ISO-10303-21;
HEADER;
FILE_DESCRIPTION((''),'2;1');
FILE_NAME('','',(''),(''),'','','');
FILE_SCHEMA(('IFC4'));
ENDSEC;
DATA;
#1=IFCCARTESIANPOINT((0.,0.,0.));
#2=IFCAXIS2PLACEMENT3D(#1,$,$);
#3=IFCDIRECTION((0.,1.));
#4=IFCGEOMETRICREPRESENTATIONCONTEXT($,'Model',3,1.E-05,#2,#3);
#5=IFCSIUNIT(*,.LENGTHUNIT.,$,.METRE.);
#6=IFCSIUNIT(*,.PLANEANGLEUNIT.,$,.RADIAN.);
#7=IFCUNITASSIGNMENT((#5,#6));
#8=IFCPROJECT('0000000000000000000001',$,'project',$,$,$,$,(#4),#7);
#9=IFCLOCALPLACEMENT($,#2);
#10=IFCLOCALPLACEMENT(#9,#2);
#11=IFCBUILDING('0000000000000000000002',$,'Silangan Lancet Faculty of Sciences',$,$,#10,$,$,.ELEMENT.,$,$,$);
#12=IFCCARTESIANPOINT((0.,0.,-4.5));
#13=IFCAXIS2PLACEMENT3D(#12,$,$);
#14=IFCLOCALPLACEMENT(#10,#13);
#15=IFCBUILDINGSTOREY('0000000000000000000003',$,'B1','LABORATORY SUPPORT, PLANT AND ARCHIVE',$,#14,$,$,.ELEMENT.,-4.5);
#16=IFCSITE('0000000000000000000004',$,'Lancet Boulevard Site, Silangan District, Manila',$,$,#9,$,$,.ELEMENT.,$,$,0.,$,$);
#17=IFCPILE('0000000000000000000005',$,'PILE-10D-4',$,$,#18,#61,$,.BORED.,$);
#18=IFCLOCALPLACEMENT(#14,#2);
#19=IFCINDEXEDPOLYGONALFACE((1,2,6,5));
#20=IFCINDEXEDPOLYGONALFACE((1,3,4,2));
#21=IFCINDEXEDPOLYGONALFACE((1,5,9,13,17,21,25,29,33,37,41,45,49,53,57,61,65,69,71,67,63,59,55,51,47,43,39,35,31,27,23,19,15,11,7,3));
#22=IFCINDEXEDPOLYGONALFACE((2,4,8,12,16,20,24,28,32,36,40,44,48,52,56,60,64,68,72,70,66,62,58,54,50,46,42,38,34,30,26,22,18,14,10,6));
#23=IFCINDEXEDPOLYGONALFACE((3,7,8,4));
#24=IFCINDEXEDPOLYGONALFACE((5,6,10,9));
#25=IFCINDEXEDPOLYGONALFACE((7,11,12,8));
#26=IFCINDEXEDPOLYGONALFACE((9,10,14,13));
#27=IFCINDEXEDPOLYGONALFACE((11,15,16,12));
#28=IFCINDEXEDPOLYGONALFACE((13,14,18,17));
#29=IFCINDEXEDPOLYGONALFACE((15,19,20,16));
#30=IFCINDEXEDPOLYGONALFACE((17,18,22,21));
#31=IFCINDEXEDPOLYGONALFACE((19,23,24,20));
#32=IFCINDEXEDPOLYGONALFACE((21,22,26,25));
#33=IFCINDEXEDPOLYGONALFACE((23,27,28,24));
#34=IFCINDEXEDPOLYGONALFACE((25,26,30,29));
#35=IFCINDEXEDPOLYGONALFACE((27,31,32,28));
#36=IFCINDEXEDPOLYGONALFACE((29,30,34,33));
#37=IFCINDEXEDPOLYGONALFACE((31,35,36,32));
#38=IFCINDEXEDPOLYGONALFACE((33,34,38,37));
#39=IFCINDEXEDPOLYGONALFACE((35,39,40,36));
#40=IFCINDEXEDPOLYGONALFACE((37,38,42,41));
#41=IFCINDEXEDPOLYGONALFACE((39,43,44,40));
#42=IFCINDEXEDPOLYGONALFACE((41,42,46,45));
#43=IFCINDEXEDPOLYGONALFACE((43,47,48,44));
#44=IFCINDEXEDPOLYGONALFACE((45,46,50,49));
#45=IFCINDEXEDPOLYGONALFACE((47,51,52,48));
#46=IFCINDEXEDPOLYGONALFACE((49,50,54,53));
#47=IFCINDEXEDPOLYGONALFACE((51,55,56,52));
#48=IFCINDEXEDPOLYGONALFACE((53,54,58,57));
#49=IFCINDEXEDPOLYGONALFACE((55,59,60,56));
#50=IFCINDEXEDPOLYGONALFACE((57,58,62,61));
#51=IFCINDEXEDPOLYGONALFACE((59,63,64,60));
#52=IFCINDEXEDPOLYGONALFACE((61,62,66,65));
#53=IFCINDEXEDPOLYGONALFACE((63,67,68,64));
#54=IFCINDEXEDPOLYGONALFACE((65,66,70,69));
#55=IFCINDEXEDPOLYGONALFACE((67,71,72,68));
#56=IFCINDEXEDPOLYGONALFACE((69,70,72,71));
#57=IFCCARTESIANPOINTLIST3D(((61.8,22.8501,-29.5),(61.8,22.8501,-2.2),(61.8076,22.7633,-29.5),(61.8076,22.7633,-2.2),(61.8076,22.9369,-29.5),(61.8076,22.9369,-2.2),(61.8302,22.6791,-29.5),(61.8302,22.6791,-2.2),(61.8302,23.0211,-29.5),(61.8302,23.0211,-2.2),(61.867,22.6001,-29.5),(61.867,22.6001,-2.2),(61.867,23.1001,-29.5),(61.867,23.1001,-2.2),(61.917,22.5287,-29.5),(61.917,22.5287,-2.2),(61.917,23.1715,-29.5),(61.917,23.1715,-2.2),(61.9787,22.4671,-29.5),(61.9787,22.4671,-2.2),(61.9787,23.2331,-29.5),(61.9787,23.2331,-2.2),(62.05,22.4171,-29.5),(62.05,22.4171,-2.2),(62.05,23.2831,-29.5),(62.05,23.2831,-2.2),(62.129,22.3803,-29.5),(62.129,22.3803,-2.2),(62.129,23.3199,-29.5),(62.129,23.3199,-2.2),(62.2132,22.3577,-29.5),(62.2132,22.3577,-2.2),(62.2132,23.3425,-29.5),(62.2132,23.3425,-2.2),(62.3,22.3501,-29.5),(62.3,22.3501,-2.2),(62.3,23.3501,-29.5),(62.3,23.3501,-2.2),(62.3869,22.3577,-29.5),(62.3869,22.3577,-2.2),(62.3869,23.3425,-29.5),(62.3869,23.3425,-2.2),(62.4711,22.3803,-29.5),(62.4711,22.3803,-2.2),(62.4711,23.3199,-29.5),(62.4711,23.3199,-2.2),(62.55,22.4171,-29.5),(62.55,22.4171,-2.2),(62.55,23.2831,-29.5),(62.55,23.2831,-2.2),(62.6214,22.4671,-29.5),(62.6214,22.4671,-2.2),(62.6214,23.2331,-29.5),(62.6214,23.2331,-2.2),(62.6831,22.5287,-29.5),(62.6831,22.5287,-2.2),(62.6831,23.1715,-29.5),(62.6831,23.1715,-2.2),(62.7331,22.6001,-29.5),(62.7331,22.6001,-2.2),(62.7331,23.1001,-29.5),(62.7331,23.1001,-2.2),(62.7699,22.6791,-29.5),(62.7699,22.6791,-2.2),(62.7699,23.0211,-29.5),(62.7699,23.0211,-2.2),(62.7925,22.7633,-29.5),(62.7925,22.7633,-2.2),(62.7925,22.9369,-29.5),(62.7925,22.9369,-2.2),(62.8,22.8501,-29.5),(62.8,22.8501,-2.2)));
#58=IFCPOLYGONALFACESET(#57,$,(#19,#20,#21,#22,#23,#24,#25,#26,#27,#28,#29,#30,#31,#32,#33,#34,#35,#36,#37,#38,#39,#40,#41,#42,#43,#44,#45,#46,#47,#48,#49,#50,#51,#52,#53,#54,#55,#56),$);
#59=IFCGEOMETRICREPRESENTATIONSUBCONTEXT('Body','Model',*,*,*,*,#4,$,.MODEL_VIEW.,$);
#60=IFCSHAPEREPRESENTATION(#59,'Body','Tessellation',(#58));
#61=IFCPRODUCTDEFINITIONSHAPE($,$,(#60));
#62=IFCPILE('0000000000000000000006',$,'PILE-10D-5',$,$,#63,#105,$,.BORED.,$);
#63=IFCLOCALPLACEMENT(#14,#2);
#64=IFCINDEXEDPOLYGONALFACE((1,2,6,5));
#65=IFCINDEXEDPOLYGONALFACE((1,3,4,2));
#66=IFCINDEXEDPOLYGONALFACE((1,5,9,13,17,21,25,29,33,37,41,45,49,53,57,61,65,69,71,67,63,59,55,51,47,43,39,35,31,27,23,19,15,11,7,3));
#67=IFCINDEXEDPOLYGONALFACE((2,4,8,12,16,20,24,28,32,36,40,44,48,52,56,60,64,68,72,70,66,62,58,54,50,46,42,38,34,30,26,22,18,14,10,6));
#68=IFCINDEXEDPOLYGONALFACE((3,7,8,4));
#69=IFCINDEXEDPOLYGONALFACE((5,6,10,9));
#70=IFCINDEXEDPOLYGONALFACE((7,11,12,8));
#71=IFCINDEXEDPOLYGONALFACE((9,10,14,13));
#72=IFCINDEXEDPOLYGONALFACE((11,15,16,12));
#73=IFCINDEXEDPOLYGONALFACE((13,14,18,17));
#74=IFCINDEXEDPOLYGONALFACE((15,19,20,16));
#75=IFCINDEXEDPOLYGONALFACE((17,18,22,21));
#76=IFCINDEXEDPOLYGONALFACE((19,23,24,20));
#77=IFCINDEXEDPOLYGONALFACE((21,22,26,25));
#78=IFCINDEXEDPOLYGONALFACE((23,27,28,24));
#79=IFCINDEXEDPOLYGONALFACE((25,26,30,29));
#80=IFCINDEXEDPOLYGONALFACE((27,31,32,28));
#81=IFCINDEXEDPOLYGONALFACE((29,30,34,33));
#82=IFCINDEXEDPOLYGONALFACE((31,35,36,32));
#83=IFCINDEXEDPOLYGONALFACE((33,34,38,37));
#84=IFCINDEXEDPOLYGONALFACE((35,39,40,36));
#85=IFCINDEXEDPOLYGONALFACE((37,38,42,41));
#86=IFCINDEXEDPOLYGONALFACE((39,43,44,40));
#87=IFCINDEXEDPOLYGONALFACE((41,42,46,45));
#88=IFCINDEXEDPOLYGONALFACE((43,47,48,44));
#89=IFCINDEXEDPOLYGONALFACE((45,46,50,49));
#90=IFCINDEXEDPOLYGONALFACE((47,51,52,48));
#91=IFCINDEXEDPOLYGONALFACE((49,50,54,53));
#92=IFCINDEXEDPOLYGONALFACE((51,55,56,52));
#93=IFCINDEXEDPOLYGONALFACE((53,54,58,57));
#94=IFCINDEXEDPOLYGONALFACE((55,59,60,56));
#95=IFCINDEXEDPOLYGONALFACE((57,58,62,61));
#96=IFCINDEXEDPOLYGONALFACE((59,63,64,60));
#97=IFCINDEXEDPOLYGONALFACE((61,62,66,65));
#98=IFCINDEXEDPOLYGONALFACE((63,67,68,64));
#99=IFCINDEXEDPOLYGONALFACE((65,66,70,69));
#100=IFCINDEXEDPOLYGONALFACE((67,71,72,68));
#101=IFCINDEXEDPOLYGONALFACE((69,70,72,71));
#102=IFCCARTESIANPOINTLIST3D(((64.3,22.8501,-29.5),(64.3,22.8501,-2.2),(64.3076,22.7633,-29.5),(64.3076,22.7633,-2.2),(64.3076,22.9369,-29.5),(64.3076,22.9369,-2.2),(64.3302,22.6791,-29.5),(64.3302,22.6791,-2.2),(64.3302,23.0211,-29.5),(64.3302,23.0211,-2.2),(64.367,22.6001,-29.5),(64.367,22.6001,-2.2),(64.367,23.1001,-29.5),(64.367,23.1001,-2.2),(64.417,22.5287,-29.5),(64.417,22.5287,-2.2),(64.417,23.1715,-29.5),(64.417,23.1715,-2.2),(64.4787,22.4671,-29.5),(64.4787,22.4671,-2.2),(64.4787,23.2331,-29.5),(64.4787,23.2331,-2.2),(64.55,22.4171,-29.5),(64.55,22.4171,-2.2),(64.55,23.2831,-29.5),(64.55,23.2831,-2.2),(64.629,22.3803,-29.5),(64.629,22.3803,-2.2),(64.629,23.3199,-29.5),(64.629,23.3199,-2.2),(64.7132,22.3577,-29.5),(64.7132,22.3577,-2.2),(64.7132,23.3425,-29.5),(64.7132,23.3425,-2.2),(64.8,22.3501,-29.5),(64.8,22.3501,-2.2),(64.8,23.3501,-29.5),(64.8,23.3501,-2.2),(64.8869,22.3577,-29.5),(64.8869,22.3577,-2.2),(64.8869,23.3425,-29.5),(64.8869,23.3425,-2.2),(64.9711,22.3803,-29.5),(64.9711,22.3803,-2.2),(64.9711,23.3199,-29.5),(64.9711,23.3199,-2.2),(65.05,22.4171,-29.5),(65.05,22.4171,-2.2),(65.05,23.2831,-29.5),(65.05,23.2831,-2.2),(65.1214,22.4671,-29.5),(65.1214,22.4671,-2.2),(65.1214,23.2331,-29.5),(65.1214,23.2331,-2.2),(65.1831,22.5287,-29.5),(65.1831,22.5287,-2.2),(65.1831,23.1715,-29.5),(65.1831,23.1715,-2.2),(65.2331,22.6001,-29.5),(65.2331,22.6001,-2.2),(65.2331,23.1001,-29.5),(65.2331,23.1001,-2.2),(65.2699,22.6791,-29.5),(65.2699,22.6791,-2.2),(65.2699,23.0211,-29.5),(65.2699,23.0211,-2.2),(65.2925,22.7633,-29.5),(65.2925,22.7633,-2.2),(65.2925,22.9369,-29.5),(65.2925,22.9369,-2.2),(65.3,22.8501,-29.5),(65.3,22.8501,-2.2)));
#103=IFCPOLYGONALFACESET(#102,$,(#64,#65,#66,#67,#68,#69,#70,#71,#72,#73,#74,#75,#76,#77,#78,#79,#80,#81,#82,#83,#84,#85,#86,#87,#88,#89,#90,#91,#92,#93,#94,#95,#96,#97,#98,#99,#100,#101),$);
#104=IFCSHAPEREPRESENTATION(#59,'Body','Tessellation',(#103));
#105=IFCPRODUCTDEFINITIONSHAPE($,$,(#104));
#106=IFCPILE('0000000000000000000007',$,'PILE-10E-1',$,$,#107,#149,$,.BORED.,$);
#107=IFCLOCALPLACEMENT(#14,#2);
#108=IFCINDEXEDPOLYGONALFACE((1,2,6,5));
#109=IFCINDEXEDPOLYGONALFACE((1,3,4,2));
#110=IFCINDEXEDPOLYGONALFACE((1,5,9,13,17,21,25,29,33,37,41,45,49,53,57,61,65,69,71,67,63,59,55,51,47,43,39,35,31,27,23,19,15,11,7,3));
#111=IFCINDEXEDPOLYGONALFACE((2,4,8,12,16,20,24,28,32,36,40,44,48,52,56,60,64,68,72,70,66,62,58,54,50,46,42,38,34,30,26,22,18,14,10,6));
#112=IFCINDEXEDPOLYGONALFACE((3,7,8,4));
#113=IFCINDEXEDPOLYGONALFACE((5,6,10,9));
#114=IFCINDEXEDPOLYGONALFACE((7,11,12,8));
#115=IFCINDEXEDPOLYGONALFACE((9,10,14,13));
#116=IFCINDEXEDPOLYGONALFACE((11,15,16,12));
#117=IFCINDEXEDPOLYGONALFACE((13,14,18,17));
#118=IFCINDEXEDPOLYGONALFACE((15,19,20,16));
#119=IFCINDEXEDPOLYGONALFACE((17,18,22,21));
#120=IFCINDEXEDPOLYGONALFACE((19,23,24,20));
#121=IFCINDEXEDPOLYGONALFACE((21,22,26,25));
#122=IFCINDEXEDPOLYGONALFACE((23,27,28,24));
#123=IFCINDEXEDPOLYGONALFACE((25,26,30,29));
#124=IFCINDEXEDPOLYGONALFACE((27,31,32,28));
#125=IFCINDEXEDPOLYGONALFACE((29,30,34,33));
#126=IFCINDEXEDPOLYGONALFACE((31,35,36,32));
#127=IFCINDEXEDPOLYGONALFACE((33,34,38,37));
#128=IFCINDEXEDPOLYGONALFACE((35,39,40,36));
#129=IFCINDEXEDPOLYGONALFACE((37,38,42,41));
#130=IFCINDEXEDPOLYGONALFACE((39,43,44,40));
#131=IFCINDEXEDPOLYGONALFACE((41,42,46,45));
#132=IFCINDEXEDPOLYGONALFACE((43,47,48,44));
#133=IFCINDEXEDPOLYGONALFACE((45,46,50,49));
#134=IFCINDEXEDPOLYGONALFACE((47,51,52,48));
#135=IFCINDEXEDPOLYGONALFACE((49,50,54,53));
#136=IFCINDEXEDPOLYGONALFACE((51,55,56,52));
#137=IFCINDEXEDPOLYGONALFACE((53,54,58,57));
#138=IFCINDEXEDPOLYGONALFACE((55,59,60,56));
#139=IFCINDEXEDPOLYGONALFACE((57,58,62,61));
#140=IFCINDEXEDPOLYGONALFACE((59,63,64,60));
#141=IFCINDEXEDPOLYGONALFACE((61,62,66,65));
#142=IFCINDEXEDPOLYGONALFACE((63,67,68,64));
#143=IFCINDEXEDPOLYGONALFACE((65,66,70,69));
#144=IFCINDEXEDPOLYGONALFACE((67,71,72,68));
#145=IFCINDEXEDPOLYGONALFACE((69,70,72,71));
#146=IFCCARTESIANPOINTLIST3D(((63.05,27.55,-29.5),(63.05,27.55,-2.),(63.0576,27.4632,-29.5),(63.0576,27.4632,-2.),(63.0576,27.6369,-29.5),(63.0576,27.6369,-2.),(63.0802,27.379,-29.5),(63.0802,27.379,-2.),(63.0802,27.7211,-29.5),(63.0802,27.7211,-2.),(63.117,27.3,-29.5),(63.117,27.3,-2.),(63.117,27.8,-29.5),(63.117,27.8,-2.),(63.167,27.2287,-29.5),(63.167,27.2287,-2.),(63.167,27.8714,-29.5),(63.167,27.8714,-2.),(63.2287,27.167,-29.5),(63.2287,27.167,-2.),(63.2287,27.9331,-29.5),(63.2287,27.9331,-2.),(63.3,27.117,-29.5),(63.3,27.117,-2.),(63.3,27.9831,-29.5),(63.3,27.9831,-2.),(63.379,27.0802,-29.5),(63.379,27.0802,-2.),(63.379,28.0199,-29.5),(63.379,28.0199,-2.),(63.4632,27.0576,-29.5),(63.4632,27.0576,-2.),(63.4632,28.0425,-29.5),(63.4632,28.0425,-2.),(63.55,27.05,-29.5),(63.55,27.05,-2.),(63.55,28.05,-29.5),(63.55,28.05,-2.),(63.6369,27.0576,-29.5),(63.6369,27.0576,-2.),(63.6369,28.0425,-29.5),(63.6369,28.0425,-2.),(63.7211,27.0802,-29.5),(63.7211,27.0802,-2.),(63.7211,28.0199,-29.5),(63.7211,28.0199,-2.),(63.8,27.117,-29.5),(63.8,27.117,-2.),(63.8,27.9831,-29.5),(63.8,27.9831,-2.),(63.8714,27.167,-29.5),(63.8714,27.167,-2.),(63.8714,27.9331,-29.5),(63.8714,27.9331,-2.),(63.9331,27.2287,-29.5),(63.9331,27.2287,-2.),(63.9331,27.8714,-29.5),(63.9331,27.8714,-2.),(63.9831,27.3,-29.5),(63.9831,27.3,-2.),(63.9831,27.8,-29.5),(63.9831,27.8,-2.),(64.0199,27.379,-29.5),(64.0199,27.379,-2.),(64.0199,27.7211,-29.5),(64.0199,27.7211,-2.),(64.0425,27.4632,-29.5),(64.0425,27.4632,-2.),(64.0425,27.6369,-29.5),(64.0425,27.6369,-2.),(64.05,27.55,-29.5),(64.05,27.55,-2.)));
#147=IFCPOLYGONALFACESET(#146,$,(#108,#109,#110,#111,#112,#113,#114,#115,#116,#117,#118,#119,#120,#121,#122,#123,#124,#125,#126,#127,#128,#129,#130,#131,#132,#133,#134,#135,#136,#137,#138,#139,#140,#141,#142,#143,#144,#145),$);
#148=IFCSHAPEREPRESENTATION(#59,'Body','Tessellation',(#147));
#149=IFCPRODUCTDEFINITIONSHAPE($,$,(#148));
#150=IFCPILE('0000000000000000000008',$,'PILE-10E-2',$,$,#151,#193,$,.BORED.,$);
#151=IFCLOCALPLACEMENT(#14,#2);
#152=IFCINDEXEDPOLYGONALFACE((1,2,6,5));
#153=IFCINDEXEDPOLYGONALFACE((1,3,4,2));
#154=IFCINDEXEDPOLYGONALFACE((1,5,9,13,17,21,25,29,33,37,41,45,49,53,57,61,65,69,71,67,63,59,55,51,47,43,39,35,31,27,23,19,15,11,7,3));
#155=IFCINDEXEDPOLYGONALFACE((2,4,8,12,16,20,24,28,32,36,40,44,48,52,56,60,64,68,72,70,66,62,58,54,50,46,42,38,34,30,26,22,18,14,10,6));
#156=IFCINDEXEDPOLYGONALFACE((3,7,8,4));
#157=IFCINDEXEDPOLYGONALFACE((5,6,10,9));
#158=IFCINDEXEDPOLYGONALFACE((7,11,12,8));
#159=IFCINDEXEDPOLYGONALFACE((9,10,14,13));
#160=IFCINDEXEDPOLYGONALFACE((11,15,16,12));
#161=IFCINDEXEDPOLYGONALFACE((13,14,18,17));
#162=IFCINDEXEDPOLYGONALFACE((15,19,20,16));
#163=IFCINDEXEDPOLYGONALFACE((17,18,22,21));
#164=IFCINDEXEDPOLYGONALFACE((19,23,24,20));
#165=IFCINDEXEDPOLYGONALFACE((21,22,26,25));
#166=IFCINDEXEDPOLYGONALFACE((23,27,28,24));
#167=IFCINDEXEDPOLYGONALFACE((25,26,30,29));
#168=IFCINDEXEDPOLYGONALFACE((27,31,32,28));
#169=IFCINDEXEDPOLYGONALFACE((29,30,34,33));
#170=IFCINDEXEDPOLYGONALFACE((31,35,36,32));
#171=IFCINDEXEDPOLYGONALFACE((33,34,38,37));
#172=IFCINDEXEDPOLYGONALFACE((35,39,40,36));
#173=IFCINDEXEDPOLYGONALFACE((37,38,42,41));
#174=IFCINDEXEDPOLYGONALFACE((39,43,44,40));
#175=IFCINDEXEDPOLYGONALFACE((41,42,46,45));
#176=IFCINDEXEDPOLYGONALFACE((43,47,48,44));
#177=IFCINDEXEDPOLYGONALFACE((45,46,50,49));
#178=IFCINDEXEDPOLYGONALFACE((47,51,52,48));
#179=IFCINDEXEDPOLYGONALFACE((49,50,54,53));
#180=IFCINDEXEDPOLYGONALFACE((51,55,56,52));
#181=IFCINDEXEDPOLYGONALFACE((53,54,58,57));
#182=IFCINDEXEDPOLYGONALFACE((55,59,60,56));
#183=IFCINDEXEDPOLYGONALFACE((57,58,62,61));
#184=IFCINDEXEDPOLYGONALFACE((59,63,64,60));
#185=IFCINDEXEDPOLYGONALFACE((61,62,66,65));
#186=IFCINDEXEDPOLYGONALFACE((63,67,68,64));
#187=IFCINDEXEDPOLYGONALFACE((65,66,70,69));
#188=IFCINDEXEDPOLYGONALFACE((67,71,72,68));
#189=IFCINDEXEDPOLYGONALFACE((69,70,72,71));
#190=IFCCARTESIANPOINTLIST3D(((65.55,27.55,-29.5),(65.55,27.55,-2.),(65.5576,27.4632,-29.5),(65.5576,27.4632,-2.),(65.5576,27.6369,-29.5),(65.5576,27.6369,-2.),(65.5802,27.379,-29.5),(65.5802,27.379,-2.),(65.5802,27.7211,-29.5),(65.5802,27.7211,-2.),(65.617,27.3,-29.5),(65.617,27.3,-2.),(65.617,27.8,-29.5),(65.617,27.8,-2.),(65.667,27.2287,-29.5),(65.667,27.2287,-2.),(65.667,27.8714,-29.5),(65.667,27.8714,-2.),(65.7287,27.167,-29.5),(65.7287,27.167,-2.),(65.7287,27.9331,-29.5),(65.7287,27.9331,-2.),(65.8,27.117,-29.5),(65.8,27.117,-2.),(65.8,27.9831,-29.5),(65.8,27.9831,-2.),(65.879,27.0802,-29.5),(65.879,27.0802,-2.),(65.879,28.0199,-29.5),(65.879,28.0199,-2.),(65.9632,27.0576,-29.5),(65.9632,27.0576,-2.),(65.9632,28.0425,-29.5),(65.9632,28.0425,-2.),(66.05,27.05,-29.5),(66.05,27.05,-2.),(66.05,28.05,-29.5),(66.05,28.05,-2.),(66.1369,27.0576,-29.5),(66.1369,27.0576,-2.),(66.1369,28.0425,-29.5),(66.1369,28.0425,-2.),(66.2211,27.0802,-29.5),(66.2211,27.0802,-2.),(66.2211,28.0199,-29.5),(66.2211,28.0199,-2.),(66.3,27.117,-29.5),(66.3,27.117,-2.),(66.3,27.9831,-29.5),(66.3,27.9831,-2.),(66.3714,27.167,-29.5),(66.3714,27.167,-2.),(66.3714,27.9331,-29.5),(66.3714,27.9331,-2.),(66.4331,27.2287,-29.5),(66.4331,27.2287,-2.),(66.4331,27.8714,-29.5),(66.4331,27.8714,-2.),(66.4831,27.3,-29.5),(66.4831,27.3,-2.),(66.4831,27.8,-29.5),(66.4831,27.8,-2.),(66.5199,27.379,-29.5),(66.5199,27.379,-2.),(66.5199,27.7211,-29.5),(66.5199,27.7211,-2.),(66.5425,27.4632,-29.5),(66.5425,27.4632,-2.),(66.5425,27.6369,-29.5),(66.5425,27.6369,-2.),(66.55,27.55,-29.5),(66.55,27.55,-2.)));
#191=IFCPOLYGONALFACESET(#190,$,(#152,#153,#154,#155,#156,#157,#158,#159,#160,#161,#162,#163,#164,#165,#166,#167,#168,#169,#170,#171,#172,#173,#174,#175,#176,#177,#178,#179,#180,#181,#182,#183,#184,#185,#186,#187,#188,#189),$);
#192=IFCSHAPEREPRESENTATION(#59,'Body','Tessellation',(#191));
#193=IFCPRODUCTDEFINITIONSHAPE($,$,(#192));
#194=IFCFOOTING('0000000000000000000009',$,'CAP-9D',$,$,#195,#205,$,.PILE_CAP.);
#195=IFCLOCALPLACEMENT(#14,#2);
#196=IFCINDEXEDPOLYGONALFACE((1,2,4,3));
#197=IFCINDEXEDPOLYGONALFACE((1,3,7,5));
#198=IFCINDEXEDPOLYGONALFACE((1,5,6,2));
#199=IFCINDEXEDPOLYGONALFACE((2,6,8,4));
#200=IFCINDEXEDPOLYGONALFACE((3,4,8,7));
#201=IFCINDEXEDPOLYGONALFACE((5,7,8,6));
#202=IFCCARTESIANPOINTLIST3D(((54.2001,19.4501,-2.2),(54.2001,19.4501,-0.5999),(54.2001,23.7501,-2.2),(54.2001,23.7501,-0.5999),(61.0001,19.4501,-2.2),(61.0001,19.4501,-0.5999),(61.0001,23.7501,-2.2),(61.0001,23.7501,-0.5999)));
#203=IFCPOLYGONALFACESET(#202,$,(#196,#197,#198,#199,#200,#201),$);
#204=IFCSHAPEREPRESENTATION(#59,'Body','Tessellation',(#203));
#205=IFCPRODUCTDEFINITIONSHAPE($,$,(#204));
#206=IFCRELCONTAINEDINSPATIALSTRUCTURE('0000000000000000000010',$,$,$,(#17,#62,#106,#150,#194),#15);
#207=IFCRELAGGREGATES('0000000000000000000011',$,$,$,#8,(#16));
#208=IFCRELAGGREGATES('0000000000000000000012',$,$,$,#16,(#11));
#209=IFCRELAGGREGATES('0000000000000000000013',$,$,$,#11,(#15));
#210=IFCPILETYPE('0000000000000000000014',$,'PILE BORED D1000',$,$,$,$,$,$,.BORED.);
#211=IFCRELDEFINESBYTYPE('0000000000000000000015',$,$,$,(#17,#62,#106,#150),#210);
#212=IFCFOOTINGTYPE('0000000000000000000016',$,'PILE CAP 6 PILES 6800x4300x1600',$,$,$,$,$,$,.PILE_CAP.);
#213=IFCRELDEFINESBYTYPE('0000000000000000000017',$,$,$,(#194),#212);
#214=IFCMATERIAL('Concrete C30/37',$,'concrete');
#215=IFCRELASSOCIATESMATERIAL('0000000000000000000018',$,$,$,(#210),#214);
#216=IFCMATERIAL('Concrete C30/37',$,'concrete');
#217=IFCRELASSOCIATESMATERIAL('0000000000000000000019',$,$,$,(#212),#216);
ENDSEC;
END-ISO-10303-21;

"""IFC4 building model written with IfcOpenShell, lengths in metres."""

from ifc_helpers import new_model, si_unit, direction, frame, origin, origin_2d, place, context, subcontext, project, spatial, rectangle, circle, extrude, material, material_profile, profile_set, type_object, element, save


model = new_model("IFC4")

# Units and contexts
model_context = context("Model", 3, precision=1e-05, world=origin(), true_north=direction((0.0, 1.0)))
body_context = subcontext(model_context, "Body", "Model", "MODEL_VIEW")
ifc_project = project(units=[si_unit("LENGTHUNIT", "METRE"), si_unit("PLANEANGLEUNIT", "RADIAN")], contexts=[model_context])

# Site, building, storey
site_placement = place(None, origin())
site = spatial("IfcSite", under=ifc_project, at=site_placement, Name="Lancet Boulevard Site, Silangan District, Manila", CompositionType="ELEMENT", RefElevation=0.0)
building_placement = place(site_placement, origin())
building = spatial("IfcBuilding", under=site, at=building_placement, Name="Silangan Lancet Faculty of Sciences", CompositionType="ELEMENT")
storey_placement = place(building_placement, frame((0.0, 0.0, -4.5)))
storey = spatial("IfcBuildingStorey", under=building, at=storey_placement, Name="B1", Description="LABORATORY SUPPORT, PLANT AND ARCHIVE", CompositionType="ELEMENT", Elevation=-4.5)

# Piles
ifc_material_1 = material(Name="Concrete C30/37", Category="concrete")
ifc_material_profile_1 = material_profile(ifc_material_1, circle(Radius=0.5, at=origin_2d()), Name="BORED PILE D1000")
ifc_profile_set_1 = profile_set([ifc_material_profile_1], Name="Concrete C30/37")
pile_type = type_object("IfcPileType", Name="PILE BORED D1000", PredefinedType="BORED", material=ifc_profile_set_1)
for number, where, z_axis, x_axis, name in (
    (1, (62.3, 22.8501, -2.2), (0.0, 0.0, -1.0), (1.0, 0.0, 0.0), "PILE-10D-4"),
    (2, (64.8, 22.8501, -2.2), (0.0, 0.0, -1.0), (1.0, 0.0, 0.0), "PILE-10D-5"),
):
    element("IfcPile", number, at=place(storey_placement, frame(where, z_axis=z_axis, x_axis=x_axis)), inside=storey, type_object=pile_type, Name=name, PredefinedType="BORED", context=body_context, shape_type="SweptSolid", body=[
        extrude(circle(Radius=0.5, at=origin_2d()), origin(), (0.0, 0.0, 1.0), 27.3),
    ])
for number, where, z_axis, x_axis, name in (
    (3, (63.55, 27.55, -2.0), (0.0, 0.0, -1.0), (1.0, 0.0, 0.0), "PILE-10E-1"),
    (4, (66.05, 27.55, -2.0), (0.0, 0.0, -1.0), (1.0, 0.0, 0.0), "PILE-10E-2"),
):
    element("IfcPile", number, at=place(storey_placement, frame(where, z_axis=z_axis, x_axis=x_axis)), inside=storey, type_object=pile_type, Name=name, PredefinedType="BORED", context=body_context, shape_type="SweptSolid", body=[
        extrude(circle(Radius=0.5, at=origin_2d()), origin(), (0.0, 0.0, 1.0), 27.5),
    ])

# Footing
ifc_material_2 = material(Name="Concrete C30/37", Category="concrete")
footing_type_1 = type_object("IfcFootingType", Name="PILE CAP 6 PILES 6800x4300x1600", PredefinedType="PILE_CAP", material=ifc_material_2)
for number, where, z_axis, x_axis, name in (
    (5, (57.6001, 21.6001, -2.2), (0.0, 0.0, 1.0), (1.0, 0.0, 0.0), "CAP-9D"),
):
    element("IfcFooting", number, at=place(storey_placement, frame(where, z_axis=z_axis, x_axis=x_axis)), inside=storey, type_object=footing_type_1, Name=name, PredefinedType="PILE_CAP", context=body_context, shape_type="SweptSolid", body=[
        extrude(rectangle(XDim=6.8, YDim=4.3, at=origin_2d()), origin(), (0.0, 0.0, 1.0), 1.6001),
    ])

save(model, "model.ifc")
